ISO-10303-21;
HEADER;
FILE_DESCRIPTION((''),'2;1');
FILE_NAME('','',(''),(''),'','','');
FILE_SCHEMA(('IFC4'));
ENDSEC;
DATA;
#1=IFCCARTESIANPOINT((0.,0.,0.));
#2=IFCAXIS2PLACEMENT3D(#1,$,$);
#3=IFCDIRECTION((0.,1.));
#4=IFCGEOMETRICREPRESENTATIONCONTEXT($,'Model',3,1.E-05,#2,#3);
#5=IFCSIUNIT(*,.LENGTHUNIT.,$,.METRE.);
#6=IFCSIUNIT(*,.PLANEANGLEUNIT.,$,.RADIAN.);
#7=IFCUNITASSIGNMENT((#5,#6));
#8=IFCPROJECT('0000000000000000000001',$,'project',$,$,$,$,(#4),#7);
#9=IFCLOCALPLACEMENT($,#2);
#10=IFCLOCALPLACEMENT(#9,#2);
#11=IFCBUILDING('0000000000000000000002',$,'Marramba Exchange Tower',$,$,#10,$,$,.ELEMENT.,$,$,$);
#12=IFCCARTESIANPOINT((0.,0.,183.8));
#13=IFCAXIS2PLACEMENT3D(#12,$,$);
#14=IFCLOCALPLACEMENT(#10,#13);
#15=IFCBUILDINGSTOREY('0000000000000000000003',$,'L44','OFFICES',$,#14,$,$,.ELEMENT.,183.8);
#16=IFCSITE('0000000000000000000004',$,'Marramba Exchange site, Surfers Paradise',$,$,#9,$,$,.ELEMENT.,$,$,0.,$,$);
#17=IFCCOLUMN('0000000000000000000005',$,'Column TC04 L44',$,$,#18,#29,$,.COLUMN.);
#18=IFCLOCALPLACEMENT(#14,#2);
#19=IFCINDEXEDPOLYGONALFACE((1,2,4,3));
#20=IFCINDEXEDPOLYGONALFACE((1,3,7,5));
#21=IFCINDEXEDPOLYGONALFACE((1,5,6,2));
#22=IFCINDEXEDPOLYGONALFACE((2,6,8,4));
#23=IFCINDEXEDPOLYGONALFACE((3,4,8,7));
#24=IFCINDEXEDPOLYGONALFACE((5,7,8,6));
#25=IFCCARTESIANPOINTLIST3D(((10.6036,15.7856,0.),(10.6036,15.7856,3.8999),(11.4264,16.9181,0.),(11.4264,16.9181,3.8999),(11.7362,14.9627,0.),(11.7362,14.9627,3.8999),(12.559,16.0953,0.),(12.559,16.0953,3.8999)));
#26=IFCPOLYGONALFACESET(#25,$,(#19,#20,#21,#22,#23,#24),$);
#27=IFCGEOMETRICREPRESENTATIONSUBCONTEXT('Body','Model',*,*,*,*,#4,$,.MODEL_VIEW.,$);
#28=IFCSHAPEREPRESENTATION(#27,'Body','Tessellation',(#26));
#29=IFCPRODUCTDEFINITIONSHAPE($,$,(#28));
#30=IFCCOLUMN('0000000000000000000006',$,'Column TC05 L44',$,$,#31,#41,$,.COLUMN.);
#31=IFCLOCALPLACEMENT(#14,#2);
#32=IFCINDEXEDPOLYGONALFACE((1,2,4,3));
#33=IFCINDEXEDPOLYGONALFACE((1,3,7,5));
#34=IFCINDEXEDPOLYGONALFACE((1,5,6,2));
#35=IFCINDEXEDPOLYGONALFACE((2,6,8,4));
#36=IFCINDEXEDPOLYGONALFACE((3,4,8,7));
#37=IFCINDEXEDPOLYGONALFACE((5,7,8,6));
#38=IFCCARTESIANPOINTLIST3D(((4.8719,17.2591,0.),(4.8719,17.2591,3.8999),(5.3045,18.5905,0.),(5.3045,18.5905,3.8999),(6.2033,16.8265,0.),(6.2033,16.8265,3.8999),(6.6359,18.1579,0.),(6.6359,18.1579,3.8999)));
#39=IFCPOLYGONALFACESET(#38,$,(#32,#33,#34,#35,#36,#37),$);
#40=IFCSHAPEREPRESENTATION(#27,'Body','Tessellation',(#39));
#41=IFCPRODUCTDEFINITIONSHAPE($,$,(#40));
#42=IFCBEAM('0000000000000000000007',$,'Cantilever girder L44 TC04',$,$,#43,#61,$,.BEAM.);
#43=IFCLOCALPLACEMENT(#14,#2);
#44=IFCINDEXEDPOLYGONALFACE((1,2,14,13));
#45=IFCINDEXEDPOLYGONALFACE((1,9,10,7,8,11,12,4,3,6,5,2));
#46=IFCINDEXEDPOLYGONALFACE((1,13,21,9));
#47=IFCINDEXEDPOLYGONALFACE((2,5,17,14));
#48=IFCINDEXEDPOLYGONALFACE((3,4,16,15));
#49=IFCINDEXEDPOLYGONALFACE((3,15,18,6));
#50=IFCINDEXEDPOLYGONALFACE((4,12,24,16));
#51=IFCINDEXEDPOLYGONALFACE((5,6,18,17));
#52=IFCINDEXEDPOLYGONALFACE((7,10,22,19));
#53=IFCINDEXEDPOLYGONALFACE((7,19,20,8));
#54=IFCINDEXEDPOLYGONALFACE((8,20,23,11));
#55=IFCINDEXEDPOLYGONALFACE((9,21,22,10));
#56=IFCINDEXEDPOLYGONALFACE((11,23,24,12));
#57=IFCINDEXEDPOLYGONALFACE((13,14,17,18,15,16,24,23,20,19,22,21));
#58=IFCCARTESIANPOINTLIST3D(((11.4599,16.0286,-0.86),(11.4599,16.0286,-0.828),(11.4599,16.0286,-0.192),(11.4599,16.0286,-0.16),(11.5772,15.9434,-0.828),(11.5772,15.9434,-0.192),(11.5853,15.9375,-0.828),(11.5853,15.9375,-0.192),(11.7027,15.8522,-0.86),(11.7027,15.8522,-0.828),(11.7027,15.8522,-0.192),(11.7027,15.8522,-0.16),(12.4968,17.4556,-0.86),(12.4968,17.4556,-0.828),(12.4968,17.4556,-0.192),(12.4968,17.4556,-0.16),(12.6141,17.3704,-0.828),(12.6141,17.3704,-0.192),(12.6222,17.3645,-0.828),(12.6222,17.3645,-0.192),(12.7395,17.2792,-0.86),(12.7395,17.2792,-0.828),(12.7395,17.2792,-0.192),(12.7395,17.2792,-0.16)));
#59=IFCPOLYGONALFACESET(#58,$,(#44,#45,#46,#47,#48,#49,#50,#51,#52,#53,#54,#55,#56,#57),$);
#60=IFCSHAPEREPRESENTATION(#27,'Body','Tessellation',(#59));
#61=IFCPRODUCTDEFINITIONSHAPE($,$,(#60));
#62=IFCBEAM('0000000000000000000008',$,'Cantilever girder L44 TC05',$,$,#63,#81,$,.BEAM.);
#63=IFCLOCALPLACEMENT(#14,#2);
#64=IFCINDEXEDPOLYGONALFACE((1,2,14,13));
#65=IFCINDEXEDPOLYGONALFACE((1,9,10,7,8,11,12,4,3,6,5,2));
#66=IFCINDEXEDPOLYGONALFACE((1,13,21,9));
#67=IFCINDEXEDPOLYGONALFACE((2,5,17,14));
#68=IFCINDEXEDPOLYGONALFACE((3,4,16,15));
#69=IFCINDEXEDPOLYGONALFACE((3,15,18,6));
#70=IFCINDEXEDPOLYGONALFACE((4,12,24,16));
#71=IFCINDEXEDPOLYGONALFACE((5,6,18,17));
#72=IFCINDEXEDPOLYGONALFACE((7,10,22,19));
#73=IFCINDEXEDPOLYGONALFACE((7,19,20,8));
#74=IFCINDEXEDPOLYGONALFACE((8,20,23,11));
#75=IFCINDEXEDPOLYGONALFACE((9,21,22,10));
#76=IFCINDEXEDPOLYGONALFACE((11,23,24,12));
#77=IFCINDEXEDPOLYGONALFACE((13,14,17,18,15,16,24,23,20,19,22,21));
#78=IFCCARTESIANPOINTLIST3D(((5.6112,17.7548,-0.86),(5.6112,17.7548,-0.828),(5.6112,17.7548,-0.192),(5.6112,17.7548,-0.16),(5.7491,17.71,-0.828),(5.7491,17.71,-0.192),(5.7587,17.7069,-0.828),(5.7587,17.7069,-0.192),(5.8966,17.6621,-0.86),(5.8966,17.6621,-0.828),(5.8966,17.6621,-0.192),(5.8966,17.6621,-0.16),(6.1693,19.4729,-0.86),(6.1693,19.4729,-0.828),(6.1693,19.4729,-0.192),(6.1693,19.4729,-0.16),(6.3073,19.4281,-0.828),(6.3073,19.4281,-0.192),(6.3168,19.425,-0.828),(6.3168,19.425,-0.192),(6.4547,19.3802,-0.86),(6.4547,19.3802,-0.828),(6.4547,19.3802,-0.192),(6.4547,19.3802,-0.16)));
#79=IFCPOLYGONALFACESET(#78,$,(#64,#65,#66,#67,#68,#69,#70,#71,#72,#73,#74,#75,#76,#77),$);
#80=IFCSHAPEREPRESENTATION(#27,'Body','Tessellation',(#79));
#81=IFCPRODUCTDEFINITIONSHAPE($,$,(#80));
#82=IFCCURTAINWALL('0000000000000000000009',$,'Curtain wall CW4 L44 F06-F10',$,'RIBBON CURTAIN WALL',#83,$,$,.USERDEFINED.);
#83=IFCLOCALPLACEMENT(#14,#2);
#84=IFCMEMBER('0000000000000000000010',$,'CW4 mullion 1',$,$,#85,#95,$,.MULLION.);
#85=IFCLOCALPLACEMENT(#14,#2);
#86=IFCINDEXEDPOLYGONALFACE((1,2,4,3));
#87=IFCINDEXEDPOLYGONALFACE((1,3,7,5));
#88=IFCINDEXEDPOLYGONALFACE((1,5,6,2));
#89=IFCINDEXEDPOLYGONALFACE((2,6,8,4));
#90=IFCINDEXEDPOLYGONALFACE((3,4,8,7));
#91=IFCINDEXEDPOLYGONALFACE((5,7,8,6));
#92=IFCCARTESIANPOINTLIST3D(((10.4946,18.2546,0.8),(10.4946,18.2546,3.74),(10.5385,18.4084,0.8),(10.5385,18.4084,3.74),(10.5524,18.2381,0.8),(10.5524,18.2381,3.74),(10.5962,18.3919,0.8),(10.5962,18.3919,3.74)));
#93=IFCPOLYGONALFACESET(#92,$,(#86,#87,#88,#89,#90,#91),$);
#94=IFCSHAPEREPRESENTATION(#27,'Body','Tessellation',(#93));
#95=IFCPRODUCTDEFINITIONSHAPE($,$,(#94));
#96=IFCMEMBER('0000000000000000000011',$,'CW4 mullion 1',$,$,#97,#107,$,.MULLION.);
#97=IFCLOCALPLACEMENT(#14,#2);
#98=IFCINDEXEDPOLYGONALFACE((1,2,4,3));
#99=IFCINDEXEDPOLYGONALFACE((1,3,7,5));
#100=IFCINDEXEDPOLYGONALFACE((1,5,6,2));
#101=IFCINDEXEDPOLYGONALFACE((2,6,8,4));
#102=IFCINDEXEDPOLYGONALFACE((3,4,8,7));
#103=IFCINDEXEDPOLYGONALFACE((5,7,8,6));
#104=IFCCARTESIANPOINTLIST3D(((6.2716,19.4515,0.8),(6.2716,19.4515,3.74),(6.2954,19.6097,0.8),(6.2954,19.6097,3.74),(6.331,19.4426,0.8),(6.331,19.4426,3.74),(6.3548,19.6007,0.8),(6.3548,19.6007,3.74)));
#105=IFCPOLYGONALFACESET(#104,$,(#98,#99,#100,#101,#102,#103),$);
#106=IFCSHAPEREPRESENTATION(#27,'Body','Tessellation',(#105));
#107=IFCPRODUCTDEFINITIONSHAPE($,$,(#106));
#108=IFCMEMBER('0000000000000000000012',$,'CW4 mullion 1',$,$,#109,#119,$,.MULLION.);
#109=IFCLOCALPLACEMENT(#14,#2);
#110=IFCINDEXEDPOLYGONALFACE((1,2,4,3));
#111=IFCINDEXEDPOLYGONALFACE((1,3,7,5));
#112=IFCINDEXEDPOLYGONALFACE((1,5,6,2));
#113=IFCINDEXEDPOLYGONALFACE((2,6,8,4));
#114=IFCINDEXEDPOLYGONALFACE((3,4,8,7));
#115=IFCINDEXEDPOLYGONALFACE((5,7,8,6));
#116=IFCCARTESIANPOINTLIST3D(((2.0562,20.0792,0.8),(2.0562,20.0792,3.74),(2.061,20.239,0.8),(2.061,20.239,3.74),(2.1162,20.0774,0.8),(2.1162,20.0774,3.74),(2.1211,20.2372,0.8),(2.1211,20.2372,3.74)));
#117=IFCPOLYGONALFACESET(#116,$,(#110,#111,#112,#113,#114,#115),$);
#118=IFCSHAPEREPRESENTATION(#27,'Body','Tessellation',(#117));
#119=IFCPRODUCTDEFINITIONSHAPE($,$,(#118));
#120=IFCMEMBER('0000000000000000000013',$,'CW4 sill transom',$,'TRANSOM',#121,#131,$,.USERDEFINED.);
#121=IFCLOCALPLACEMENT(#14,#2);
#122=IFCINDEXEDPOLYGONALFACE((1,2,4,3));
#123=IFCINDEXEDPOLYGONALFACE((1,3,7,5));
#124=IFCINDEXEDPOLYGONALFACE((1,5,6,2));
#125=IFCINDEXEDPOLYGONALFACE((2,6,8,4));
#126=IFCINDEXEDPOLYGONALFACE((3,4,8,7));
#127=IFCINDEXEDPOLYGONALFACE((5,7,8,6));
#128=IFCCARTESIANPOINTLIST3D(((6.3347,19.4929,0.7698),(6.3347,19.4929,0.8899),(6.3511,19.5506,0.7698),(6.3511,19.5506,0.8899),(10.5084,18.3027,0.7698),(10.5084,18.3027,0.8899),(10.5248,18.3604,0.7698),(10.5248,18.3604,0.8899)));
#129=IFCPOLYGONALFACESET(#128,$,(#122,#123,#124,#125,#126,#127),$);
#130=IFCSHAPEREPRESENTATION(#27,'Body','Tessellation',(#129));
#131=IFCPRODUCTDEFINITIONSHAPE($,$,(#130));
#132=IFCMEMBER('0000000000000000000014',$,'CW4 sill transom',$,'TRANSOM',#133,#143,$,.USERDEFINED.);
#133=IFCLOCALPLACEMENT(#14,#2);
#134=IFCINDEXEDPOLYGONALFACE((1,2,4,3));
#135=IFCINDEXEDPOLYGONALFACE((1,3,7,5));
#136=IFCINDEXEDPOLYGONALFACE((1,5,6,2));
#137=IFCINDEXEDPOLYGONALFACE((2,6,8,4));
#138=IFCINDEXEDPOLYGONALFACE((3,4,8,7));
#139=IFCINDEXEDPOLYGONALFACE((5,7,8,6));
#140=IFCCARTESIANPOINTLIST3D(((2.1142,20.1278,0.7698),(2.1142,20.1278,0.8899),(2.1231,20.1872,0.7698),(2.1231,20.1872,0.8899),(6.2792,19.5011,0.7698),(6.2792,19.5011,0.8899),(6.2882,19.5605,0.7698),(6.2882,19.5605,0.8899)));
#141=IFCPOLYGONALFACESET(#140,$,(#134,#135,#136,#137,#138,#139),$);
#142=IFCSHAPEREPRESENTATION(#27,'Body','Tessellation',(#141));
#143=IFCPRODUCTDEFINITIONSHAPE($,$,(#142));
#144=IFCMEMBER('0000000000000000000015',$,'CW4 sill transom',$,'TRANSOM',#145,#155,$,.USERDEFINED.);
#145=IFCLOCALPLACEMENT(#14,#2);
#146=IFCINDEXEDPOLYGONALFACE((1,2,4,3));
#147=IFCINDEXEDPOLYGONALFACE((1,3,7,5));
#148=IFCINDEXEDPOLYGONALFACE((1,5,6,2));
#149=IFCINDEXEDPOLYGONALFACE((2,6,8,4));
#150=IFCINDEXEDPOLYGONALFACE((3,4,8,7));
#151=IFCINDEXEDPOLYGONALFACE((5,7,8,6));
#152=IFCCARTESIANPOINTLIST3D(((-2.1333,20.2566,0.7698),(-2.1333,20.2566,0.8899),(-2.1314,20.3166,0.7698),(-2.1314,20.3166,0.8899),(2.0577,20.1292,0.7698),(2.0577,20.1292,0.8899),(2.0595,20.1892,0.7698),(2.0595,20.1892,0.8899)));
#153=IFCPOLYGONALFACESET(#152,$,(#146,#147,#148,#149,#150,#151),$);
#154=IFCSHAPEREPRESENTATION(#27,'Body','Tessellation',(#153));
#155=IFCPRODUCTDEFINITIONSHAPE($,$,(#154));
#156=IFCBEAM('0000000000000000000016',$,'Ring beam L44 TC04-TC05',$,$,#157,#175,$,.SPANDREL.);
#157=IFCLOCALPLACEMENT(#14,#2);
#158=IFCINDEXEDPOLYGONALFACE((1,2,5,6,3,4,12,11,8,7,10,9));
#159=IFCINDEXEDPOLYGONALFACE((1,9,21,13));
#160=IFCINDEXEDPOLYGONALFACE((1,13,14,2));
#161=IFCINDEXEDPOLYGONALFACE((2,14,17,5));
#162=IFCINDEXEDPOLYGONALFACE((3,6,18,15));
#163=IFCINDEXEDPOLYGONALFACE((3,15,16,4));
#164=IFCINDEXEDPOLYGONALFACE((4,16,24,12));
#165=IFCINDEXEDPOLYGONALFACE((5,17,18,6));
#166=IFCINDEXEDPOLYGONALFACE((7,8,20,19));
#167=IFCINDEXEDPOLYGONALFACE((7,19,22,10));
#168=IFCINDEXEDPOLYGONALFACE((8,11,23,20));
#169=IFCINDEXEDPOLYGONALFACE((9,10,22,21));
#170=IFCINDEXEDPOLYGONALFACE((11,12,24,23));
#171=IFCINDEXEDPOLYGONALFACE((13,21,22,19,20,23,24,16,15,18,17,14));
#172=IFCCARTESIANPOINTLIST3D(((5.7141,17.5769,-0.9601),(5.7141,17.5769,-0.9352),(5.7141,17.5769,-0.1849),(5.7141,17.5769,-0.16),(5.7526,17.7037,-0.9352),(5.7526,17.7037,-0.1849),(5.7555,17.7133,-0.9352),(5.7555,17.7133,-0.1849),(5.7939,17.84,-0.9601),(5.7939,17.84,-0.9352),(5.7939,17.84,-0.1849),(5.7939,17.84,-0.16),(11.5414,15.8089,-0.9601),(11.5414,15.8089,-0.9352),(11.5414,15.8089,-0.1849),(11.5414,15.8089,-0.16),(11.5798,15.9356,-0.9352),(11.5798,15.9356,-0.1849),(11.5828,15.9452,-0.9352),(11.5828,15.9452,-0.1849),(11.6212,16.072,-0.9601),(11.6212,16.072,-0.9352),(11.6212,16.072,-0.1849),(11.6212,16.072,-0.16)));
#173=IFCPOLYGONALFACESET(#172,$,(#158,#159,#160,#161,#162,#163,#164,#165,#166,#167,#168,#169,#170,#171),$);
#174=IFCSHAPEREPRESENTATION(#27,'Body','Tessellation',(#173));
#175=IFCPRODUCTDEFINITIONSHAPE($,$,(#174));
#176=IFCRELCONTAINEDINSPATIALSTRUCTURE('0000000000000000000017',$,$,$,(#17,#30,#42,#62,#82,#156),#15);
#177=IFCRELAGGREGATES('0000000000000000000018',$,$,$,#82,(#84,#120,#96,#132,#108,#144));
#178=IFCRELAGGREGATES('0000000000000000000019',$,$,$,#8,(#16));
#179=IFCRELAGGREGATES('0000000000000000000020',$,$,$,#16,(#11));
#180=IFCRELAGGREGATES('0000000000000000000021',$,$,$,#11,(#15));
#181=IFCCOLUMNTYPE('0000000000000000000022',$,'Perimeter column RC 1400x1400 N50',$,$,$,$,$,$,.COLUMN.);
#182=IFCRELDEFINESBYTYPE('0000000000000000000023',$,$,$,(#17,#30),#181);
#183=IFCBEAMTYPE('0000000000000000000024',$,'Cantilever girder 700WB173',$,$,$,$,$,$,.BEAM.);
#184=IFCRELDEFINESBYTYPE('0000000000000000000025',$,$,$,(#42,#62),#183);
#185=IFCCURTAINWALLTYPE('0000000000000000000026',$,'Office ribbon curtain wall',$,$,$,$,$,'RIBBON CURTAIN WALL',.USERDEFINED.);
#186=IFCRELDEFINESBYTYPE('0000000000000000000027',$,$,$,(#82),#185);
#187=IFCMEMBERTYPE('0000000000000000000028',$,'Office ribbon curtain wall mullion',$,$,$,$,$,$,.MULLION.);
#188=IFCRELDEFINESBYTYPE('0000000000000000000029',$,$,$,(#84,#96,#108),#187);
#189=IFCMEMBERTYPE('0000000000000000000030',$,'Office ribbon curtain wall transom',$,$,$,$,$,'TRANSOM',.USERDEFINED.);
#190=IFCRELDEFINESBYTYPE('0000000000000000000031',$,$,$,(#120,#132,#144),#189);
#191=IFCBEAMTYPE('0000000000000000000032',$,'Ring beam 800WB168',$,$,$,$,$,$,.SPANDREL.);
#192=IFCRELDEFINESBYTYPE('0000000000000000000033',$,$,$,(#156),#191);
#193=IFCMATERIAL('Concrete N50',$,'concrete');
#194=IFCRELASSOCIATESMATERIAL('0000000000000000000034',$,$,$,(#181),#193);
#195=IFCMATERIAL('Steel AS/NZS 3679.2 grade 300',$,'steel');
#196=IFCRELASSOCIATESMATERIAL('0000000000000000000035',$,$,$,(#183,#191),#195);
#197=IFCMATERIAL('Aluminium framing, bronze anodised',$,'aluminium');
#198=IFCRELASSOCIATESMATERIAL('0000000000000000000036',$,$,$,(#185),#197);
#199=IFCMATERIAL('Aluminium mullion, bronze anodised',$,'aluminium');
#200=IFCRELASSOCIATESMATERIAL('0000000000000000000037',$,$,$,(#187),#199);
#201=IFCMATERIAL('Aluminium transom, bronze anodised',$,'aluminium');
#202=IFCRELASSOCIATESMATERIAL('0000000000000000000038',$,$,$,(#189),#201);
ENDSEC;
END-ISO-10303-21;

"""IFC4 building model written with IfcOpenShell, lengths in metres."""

from ifc_helpers import new_model, si_unit, direction, frame, origin, origin_2d, place, context, subcontext, project, spatial, rectangle, i_section, extrude, material, material_profile, profile_set, type_object, element, aggregate, save


model = new_model("IFC4")

# Units and contexts
model_context = context("Model", 3, precision=1e-05, world=origin(), true_north=direction((0.0, 1.0)))
body_context = subcontext(model_context, "Body", "Model", "MODEL_VIEW")
ifc_project = project(units=[si_unit("LENGTHUNIT", "METRE"), si_unit("PLANEANGLEUNIT", "RADIAN")], contexts=[model_context])

# Site, building, storey
site_placement = place(None, origin())
site = spatial("IfcSite", under=ifc_project, at=site_placement, Name="Marramba Exchange site, Surfers Paradise", CompositionType="ELEMENT", RefElevation=0.0)
building_placement = place(site_placement, origin())
building = spatial("IfcBuilding", under=site, at=building_placement, Name="Marramba Exchange Tower", CompositionType="ELEMENT")
storey_placement = place(building_placement, frame((0.0, 0.0, 183.8)))
storey = spatial("IfcBuildingStorey", under=building, at=storey_placement, Name="L44", Description="OFFICES", CompositionType="ELEMENT", Elevation=183.8)

# Columns
ifc_material_1 = material(Name="Concrete N50", Category="concrete")
ifc_material_profile_1 = material_profile(ifc_material_1, rectangle(XDim=1.3999, YDim=1.3999, at=origin_2d()), Name="RC 1400x1400")
ifc_profile_set_1 = profile_set([ifc_material_profile_1], Name="Concrete N50")
column_type = type_object("IfcColumnType", Name="Perimeter column RC 1400x1400 N50", PredefinedType="COLUMN", material=ifc_profile_set_1)
for number, where, z_axis, x_axis, name in (
    (1, (11.5813, 15.9404, 0.0), (0.0, 0.0, 1.0), (0.587785, 0.809017, 0.0), "Column TC04 L44"),
    (2, (5.7539, 17.7085, 0.0), (0.0, 0.0, 1.0), (0.309017, 0.951057, 0.0), "Column TC05 L44"),
):
    element("IfcColumn", number, at=place(storey_placement, frame(where, z_axis=z_axis, x_axis=x_axis)), inside=storey, type_object=column_type, Name=name, PredefinedType="COLUMN", context=body_context, shape_type="SweptSolid", body=[
        extrude(rectangle(XDim=1.3999, YDim=1.3999, at=origin_2d()), origin(), (0.0, 0.0, 1.0), 3.8999),
    ])

# Beams
ifc_material_2 = material(Name="Steel AS/NZS 3679.2 grade 300", Category="steel")
ifc_material_profile_2 = material_profile(ifc_material_2, i_section(OverallWidth=0.3, OverallDepth=0.7, WebThickness=0.01, FlangeThickness=0.032, at=origin_2d()), Name="700WB173")
ifc_profile_set_2 = profile_set([ifc_material_profile_2], Name="Steel AS/NZS 3679.2 grade 300")
beam_type_1 = type_object("IfcBeamType", Name="Cantilever girder 700WB173", PredefinedType="BEAM", material=ifc_profile_set_2)
beam_1_placement = place(storey_placement, frame((11.5813, 15.9404, -0.51), z_axis=(0.587818, 0.808993, 0.0), x_axis=(-0.808993, 0.587818, 0.0)))
element("IfcBeam", 3, at=beam_1_placement, inside=storey, type_object=beam_type_1, Name="Cantilever girder L44 TC04", PredefinedType="BEAM", context=body_context, shape_type="SweptSolid", body=[
    extrude(i_section(OverallWidth=0.3, OverallDepth=0.7, WebThickness=0.01, FlangeThickness=0.032, at=origin_2d()), origin(), (0.0, 0.0, 1.0), 1.7639),
])
beam_2_placement = place(storey_placement, frame((5.7539, 17.7085, -0.51), z_axis=(0.308961, 0.951075, 0.0), x_axis=(-0.951075, 0.308961, 0.0)))
element("IfcBeam", 4, at=beam_2_placement, inside=storey, type_object=beam_type_1, Name="Cantilever girder L44 TC05", PredefinedType="BEAM", context=body_context, shape_type="SweptSolid", body=[
    extrude(i_section(OverallWidth=0.3, OverallDepth=0.7, WebThickness=0.01, FlangeThickness=0.032, at=origin_2d()), origin(), (0.0, 0.0, 1.0), 1.8064),
])

# Curtain wall, members
ifc_material_3 = material(Name="Aluminium framing, bronze anodised", Category="aluminium")
curtain_wall_type = type_object("IfcCurtainWallType", Name="Office ribbon curtain wall", ElementType="RIBBON CURTAIN WALL", PredefinedType="USERDEFINED", material=ifc_material_3)
curtain_wall_1_placement = place(storey_placement, origin())
curtain_wall_1 = element("IfcCurtainWall", 5, at=curtain_wall_1_placement, inside=storey, type_object=curtain_wall_type, Name="Curtain wall CW4 L44 F06-F10", ObjectType="RIBBON CURTAIN WALL", PredefinedType="USERDEFINED")
ifc_material_4 = material(Name="Aluminium mullion, bronze anodised", Category="aluminium")
ifc_material_profile_3 = material_profile(ifc_material_4, rectangle(XDim=0.1599, YDim=0.0601, at=origin_2d()), Name="CW4 mullion 60x160")
ifc_profile_set_3 = profile_set([ifc_material_profile_3], Name="Aluminium mullion, bronze anodised")
member_type_1 = type_object("IfcMemberType", Name="Office ribbon curtain wall mullion", PredefinedType="MULLION", material=ifc_profile_set_3)
member_1_placement = place(storey_placement, frame((10.5454, 18.3232, 0.8), z_axis=(0.0, 0.0, 1.0), x_axis=(-0.274248, -0.961659, 0.0)))
member_1 = element("IfcMember", 6, at=member_1_placement, type_object=member_type_1, Name="CW4 mullion 1", PredefinedType="MULLION", context=body_context, shape_type="SweptSolid", body=[
    extrude(rectangle(XDim=0.1599, YDim=0.0601, at=origin_2d()), origin(), (0.0, 0.0, 1.0), 2.9399),
])
member_2_placement = place(storey_placement, frame((6.3132, 19.5261, 0.8), z_axis=(0.0, 0.0, 1.0), x_axis=(-0.148795, -0.988868, 0.0)))
member_2 = element("IfcMember", 7, at=member_2_placement, type_object=member_type_1, Name="CW4 mullion 1", PredefinedType="MULLION", context=body_context, shape_type="SweptSolid", body=[
    extrude(rectangle(XDim=0.1599, YDim=0.0601, at=origin_2d()), origin(), (0.0, 0.0, 1.0), 2.9399),
])
member_3_placement = place(storey_placement, frame((2.0886, 20.1582, 0.8), z_axis=(0.0, 0.0, 1.0), x_axis=(-0.030394, -0.999538, 0.0)))
member_3 = element("IfcMember", 8, at=member_3_placement, type_object=member_type_1, Name="CW4 mullion 1", PredefinedType="MULLION", context=body_context, shape_type="SweptSolid", body=[
    extrude(rectangle(XDim=0.1599, YDim=0.0601, at=origin_2d()), origin(), (0.0, 0.0, 1.0), 2.9399),
])
ifc_material_5 = material(Name="Aluminium transom, bronze anodised", Category="aluminium")
ifc_material_profile_4 = material_profile(ifc_material_5, rectangle(XDim=0.0601, YDim=0.1201, at=origin_2d()), Name="CW4 transom 60x120")
ifc_profile_set_4 = profile_set([ifc_material_profile_4], Name="Aluminium transom, bronze anodised")
member_type_2 = type_object("IfcMemberType", Name="Office ribbon curtain wall transom", ElementType="TRANSOM", PredefinedType="USERDEFINED", material=ifc_profile_set_4)
member_4_placement = place(storey_placement, frame((10.5166, 18.3315, 0.8298), z_axis=(-0.961662, 0.274238, 0.0), x_axis=(-0.274238, -0.961662, 0.0)))
member_4 = element("IfcMember", 9, at=member_4_placement, type_object=member_type_2, Name="CW4 sill transom", ObjectType="TRANSOM", PredefinedType="USERDEFINED", context=body_context, shape_type="SweptSolid", body=[
    extrude(rectangle(XDim=0.0601, YDim=0.1201, at=origin_2d()), origin(), (0.0, 0.0, 1.0), 4.3401),
])
member_5_placement = place(storey_placement, frame((6.2837, 19.5308, 0.8298), z_axis=(-0.988868, 0.148794, 0.0), x_axis=(-0.148794, -0.988868, 0.0)))
member_5 = element("IfcMember", 10, at=member_5_placement, type_object=member_type_2, Name="CW4 sill transom", ObjectType="TRANSOM", PredefinedType="USERDEFINED", context=body_context, shape_type="SweptSolid", body=[
    extrude(rectangle(XDim=0.0601, YDim=0.1201, at=origin_2d()), origin(), (0.0, 0.0, 1.0), 4.2119),
])
member_6_placement = place(storey_placement, frame((2.0586, 20.1592, 0.8298), z_axis=(-0.999538, 0.030395, 0.0), x_axis=(-0.030395, -0.999538, 0.0)))
member_6 = element("IfcMember", 11, at=member_6_placement, type_object=member_type_2, Name="CW4 sill transom", ObjectType="TRANSOM", PredefinedType="USERDEFINED", context=body_context, shape_type="SweptSolid", body=[
    extrude(rectangle(XDim=0.0601, YDim=0.1201, at=origin_2d()), origin(), (0.0, 0.0, 1.0), 4.1929),
])

# Beam
ifc_material_profile_5 = material_profile(ifc_material_2, i_section(OverallWidth=0.2749, OverallDepth=0.8, WebThickness=0.01, FlangeThickness=0.0249, at=origin_2d()), Name="800WB168")
ifc_profile_set_5 = profile_set([ifc_material_profile_5], Name="Steel AS/NZS 3679.2 grade 300")
beam_type_2 = type_object("IfcBeamType", Name="Ring beam 800WB168", PredefinedType="SPANDREL", material=ifc_profile_set_5)
beam_3_placement = place(storey_placement, frame((11.5813, 15.9404, -0.5601), z_axis=(-0.956925, 0.290337, 0.0), x_axis=(-0.290337, -0.956925, 0.0)))
element("IfcBeam", 12, at=beam_3_placement, inside=storey, type_object=beam_type_2, Name="Ring beam L44 TC04-TC05", PredefinedType="SPANDREL", context=body_context, shape_type="SweptSolid", body=[
    extrude(i_section(OverallWidth=0.2749, OverallDepth=0.8, WebThickness=0.01, FlangeThickness=0.0249, at=origin_2d()), origin(), (0.0, 0.0, 1.0), 6.0896),
])

aggregate(curtain_wall_1, [member_1, member_4, member_2, member_5, member_3, member_6])

save(model, "model.ifc")
